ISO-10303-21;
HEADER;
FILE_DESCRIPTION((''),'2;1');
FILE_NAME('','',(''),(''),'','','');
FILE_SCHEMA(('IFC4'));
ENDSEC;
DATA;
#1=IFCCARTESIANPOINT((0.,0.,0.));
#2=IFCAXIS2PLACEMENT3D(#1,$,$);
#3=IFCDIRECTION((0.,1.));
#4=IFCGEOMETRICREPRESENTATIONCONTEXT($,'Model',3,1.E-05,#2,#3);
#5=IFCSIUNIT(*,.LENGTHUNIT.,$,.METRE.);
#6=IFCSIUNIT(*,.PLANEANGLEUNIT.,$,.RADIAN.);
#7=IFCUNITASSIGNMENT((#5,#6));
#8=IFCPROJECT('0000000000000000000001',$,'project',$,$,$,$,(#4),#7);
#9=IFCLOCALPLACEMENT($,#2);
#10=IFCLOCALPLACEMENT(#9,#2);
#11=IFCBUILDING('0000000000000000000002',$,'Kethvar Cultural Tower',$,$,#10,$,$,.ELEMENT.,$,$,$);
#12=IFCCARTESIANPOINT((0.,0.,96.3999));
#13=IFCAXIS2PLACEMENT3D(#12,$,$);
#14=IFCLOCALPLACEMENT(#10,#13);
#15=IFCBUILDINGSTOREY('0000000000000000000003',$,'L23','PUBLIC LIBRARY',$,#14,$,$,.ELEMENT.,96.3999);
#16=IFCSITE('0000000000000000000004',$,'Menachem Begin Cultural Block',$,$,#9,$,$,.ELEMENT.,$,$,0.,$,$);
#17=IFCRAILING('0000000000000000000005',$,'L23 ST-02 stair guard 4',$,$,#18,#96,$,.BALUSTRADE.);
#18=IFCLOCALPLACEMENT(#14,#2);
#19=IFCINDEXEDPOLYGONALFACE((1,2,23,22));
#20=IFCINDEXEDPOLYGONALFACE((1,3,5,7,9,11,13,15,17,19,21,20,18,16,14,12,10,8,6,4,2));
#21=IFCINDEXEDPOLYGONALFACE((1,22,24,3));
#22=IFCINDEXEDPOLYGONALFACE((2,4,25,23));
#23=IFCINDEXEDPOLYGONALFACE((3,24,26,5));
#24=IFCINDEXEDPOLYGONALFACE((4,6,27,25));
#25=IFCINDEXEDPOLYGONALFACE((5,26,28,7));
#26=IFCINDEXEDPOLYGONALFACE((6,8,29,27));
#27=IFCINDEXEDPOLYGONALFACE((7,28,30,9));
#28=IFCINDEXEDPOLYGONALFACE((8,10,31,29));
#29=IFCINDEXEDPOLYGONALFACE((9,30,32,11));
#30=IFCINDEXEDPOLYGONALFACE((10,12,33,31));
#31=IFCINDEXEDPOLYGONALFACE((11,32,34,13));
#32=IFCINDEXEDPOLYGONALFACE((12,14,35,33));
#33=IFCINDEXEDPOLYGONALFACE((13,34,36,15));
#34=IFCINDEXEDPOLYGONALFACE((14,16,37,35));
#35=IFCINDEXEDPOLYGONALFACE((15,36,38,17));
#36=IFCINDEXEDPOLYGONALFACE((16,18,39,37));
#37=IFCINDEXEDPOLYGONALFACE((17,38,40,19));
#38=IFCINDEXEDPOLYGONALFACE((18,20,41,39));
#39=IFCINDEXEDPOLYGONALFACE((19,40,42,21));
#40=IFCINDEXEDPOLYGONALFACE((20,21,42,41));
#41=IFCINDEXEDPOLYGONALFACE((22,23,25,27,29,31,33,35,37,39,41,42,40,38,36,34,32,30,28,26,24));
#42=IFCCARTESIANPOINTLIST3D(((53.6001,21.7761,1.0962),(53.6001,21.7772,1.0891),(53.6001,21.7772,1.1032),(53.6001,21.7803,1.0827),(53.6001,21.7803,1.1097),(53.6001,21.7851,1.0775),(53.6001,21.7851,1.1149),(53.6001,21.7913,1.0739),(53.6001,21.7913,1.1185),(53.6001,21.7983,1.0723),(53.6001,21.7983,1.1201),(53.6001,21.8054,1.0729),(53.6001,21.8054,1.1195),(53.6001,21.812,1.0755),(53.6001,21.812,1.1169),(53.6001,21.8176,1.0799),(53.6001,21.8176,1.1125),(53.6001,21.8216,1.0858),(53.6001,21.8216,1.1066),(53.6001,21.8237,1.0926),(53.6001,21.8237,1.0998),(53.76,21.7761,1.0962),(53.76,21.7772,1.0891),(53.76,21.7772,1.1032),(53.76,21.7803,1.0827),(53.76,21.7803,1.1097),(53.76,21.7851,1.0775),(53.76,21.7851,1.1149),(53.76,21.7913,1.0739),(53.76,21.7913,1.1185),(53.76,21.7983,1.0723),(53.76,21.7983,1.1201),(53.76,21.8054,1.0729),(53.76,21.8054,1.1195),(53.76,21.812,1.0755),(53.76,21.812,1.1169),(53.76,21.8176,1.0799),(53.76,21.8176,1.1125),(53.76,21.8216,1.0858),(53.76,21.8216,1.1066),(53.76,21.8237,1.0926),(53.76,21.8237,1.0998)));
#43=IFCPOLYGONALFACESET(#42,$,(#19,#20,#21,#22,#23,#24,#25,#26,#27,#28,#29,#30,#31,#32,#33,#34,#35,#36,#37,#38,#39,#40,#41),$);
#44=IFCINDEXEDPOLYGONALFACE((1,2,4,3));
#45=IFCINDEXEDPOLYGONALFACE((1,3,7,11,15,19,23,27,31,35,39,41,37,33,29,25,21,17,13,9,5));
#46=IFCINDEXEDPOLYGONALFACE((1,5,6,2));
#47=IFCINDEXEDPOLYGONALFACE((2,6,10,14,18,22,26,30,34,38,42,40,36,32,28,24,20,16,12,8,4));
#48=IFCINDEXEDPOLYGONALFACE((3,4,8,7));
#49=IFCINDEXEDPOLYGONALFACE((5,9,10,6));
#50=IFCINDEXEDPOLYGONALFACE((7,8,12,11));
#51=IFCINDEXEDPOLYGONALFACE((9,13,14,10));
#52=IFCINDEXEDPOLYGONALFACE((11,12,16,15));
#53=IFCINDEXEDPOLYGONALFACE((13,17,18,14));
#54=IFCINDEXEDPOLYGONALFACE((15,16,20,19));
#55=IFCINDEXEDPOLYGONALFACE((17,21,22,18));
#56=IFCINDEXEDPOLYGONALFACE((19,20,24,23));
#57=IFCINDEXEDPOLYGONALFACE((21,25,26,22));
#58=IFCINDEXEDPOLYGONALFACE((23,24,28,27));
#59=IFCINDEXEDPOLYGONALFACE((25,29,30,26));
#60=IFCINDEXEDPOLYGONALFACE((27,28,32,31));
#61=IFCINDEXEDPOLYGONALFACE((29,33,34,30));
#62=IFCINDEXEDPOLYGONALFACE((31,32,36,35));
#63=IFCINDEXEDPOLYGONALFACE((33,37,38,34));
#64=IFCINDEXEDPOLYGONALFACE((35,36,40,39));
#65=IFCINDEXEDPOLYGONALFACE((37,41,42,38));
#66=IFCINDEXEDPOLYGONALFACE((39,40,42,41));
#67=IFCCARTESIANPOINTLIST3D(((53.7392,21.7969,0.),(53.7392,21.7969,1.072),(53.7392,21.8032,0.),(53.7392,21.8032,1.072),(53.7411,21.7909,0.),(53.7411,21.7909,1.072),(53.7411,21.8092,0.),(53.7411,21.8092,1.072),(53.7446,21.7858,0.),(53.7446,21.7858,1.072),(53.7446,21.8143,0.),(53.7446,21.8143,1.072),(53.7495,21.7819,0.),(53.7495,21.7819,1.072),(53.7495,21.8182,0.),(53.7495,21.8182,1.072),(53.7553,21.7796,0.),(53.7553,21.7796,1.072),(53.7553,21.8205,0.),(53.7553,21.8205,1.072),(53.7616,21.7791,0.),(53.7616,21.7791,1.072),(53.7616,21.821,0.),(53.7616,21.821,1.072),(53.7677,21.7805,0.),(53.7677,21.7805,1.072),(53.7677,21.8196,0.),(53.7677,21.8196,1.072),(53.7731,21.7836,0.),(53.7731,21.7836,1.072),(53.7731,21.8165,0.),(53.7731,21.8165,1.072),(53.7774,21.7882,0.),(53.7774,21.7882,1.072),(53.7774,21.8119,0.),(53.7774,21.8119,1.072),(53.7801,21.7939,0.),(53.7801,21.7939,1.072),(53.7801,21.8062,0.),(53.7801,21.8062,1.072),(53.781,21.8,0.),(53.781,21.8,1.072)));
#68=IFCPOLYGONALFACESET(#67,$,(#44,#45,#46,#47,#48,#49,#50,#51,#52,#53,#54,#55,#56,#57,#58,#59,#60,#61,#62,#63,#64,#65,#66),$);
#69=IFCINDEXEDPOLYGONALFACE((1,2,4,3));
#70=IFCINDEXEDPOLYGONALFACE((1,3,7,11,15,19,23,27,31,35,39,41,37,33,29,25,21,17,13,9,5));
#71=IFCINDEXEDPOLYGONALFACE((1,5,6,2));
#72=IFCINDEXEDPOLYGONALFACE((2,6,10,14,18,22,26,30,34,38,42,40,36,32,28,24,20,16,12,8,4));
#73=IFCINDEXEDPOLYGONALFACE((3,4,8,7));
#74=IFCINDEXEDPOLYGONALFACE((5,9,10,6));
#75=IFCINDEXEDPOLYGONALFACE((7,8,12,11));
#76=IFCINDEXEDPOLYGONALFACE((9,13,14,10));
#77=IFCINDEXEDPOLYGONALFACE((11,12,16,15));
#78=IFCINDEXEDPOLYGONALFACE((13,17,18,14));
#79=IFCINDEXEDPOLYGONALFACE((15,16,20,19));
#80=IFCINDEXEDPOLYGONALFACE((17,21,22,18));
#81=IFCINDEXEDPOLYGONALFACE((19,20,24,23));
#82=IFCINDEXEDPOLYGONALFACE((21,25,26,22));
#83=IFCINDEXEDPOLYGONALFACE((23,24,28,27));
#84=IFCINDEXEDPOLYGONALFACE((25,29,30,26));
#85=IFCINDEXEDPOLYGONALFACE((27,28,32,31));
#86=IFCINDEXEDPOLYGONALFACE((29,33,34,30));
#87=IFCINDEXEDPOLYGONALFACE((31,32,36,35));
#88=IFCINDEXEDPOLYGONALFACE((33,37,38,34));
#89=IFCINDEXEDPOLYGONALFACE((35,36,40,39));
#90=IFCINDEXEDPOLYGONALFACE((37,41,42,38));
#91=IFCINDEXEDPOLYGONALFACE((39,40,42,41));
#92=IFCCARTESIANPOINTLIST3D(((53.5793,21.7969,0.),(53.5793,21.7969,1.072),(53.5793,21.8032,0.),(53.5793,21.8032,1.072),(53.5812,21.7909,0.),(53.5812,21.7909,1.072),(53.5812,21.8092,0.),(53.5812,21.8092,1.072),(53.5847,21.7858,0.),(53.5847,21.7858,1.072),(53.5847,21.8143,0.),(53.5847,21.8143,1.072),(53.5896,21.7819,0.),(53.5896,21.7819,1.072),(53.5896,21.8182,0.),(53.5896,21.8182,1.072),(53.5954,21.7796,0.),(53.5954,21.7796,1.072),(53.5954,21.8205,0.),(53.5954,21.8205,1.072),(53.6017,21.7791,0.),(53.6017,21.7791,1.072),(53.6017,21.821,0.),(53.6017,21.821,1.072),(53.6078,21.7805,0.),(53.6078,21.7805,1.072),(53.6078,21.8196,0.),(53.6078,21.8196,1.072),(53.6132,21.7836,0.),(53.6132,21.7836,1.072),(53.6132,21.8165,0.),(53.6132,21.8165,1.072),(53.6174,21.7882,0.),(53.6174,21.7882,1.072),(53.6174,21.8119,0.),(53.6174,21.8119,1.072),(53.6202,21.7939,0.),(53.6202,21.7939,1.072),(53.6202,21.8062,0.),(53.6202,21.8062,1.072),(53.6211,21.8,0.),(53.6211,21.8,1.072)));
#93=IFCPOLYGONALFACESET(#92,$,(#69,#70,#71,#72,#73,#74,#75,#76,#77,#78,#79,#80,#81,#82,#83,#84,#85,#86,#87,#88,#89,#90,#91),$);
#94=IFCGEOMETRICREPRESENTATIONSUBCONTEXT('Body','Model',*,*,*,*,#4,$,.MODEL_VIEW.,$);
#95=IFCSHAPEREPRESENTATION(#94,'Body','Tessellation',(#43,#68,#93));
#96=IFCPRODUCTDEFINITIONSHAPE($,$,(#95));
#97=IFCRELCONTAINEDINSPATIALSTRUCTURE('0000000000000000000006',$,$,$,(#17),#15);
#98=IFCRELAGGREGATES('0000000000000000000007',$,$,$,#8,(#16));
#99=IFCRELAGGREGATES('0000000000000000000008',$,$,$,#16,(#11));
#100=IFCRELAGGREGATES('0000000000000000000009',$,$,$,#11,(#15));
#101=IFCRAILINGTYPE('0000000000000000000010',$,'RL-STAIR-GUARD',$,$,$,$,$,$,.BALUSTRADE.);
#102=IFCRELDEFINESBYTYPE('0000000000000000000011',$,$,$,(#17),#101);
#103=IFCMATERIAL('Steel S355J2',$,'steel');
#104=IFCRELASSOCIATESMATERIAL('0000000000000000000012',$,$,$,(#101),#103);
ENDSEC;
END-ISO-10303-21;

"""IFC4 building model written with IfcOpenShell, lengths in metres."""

from ifc_helpers import new_model, si_unit, direction, frame, origin, origin_2d, place, context, subcontext, project, spatial, circle, extrude, material, type_object, element, save


model = new_model("IFC4")

# Units and contexts
model_context = context("Model", 3, precision=1e-05, world=origin(), true_north=direction((0.0, 1.0)))
body_context = subcontext(model_context, "Body", "Model", "MODEL_VIEW")
ifc_project = project(units=[si_unit("LENGTHUNIT", "METRE"), si_unit("PLANEANGLEUNIT", "RADIAN")], contexts=[model_context])

# Site, building, storey
site_placement = place(None, origin())
site = spatial("IfcSite", under=ifc_project, at=site_placement, Name="Menachem Begin Cultural Block", CompositionType="ELEMENT", RefElevation=0.0)
building_placement = place(site_placement, origin())
building = spatial("IfcBuilding", under=site, at=building_placement, Name="Kethvar Cultural Tower", CompositionType="ELEMENT")
storey_placement = place(building_placement, frame((0.0, 0.0, 96.3999)))
storey = spatial("IfcBuildingStorey", under=building, at=storey_placement, Name="L23", Description="PUBLIC LIBRARY", CompositionType="ELEMENT", Elevation=96.3999)

# Shared definitions
ifc_material_1 = material(Name="Steel S355J2", Category="steel")

# Railing
railing_type_1 = type_object("IfcRailingType", Name="RL-STAIR-GUARD", PredefinedType="BALUSTRADE", material=ifc_material_1)
railing_1_placement = place(storey_placement, frame((53.76, 21.8, 0.0)))
element("IfcRailing", 1, at=railing_1_placement, inside=storey, type_object=railing_type_1, Name="L23 ST-02 stair guard 4", PredefinedType="BALUSTRADE", context=body_context, shape_type="SweptSolid", body=[
    extrude(circle(Radius=0.0239, at=origin_2d()), frame((0.0, 0.0, 1.0962), z_axis=(-1.0, 0.0, 0.0), x_axis=(0.0, -1.0, 0.0)), (0.0, 0.0, 1.0), 0.1599),
    extrude(circle(Radius=0.021, at=origin_2d()), origin(), (0.0, 0.0, 1.0), 1.072),
    extrude(circle(Radius=0.021, at=origin_2d()), frame((-0.1599, 0.0, 0.0)), (0.0, 0.0, 1.0), 1.072),
])

save(model, "model.ifc")
